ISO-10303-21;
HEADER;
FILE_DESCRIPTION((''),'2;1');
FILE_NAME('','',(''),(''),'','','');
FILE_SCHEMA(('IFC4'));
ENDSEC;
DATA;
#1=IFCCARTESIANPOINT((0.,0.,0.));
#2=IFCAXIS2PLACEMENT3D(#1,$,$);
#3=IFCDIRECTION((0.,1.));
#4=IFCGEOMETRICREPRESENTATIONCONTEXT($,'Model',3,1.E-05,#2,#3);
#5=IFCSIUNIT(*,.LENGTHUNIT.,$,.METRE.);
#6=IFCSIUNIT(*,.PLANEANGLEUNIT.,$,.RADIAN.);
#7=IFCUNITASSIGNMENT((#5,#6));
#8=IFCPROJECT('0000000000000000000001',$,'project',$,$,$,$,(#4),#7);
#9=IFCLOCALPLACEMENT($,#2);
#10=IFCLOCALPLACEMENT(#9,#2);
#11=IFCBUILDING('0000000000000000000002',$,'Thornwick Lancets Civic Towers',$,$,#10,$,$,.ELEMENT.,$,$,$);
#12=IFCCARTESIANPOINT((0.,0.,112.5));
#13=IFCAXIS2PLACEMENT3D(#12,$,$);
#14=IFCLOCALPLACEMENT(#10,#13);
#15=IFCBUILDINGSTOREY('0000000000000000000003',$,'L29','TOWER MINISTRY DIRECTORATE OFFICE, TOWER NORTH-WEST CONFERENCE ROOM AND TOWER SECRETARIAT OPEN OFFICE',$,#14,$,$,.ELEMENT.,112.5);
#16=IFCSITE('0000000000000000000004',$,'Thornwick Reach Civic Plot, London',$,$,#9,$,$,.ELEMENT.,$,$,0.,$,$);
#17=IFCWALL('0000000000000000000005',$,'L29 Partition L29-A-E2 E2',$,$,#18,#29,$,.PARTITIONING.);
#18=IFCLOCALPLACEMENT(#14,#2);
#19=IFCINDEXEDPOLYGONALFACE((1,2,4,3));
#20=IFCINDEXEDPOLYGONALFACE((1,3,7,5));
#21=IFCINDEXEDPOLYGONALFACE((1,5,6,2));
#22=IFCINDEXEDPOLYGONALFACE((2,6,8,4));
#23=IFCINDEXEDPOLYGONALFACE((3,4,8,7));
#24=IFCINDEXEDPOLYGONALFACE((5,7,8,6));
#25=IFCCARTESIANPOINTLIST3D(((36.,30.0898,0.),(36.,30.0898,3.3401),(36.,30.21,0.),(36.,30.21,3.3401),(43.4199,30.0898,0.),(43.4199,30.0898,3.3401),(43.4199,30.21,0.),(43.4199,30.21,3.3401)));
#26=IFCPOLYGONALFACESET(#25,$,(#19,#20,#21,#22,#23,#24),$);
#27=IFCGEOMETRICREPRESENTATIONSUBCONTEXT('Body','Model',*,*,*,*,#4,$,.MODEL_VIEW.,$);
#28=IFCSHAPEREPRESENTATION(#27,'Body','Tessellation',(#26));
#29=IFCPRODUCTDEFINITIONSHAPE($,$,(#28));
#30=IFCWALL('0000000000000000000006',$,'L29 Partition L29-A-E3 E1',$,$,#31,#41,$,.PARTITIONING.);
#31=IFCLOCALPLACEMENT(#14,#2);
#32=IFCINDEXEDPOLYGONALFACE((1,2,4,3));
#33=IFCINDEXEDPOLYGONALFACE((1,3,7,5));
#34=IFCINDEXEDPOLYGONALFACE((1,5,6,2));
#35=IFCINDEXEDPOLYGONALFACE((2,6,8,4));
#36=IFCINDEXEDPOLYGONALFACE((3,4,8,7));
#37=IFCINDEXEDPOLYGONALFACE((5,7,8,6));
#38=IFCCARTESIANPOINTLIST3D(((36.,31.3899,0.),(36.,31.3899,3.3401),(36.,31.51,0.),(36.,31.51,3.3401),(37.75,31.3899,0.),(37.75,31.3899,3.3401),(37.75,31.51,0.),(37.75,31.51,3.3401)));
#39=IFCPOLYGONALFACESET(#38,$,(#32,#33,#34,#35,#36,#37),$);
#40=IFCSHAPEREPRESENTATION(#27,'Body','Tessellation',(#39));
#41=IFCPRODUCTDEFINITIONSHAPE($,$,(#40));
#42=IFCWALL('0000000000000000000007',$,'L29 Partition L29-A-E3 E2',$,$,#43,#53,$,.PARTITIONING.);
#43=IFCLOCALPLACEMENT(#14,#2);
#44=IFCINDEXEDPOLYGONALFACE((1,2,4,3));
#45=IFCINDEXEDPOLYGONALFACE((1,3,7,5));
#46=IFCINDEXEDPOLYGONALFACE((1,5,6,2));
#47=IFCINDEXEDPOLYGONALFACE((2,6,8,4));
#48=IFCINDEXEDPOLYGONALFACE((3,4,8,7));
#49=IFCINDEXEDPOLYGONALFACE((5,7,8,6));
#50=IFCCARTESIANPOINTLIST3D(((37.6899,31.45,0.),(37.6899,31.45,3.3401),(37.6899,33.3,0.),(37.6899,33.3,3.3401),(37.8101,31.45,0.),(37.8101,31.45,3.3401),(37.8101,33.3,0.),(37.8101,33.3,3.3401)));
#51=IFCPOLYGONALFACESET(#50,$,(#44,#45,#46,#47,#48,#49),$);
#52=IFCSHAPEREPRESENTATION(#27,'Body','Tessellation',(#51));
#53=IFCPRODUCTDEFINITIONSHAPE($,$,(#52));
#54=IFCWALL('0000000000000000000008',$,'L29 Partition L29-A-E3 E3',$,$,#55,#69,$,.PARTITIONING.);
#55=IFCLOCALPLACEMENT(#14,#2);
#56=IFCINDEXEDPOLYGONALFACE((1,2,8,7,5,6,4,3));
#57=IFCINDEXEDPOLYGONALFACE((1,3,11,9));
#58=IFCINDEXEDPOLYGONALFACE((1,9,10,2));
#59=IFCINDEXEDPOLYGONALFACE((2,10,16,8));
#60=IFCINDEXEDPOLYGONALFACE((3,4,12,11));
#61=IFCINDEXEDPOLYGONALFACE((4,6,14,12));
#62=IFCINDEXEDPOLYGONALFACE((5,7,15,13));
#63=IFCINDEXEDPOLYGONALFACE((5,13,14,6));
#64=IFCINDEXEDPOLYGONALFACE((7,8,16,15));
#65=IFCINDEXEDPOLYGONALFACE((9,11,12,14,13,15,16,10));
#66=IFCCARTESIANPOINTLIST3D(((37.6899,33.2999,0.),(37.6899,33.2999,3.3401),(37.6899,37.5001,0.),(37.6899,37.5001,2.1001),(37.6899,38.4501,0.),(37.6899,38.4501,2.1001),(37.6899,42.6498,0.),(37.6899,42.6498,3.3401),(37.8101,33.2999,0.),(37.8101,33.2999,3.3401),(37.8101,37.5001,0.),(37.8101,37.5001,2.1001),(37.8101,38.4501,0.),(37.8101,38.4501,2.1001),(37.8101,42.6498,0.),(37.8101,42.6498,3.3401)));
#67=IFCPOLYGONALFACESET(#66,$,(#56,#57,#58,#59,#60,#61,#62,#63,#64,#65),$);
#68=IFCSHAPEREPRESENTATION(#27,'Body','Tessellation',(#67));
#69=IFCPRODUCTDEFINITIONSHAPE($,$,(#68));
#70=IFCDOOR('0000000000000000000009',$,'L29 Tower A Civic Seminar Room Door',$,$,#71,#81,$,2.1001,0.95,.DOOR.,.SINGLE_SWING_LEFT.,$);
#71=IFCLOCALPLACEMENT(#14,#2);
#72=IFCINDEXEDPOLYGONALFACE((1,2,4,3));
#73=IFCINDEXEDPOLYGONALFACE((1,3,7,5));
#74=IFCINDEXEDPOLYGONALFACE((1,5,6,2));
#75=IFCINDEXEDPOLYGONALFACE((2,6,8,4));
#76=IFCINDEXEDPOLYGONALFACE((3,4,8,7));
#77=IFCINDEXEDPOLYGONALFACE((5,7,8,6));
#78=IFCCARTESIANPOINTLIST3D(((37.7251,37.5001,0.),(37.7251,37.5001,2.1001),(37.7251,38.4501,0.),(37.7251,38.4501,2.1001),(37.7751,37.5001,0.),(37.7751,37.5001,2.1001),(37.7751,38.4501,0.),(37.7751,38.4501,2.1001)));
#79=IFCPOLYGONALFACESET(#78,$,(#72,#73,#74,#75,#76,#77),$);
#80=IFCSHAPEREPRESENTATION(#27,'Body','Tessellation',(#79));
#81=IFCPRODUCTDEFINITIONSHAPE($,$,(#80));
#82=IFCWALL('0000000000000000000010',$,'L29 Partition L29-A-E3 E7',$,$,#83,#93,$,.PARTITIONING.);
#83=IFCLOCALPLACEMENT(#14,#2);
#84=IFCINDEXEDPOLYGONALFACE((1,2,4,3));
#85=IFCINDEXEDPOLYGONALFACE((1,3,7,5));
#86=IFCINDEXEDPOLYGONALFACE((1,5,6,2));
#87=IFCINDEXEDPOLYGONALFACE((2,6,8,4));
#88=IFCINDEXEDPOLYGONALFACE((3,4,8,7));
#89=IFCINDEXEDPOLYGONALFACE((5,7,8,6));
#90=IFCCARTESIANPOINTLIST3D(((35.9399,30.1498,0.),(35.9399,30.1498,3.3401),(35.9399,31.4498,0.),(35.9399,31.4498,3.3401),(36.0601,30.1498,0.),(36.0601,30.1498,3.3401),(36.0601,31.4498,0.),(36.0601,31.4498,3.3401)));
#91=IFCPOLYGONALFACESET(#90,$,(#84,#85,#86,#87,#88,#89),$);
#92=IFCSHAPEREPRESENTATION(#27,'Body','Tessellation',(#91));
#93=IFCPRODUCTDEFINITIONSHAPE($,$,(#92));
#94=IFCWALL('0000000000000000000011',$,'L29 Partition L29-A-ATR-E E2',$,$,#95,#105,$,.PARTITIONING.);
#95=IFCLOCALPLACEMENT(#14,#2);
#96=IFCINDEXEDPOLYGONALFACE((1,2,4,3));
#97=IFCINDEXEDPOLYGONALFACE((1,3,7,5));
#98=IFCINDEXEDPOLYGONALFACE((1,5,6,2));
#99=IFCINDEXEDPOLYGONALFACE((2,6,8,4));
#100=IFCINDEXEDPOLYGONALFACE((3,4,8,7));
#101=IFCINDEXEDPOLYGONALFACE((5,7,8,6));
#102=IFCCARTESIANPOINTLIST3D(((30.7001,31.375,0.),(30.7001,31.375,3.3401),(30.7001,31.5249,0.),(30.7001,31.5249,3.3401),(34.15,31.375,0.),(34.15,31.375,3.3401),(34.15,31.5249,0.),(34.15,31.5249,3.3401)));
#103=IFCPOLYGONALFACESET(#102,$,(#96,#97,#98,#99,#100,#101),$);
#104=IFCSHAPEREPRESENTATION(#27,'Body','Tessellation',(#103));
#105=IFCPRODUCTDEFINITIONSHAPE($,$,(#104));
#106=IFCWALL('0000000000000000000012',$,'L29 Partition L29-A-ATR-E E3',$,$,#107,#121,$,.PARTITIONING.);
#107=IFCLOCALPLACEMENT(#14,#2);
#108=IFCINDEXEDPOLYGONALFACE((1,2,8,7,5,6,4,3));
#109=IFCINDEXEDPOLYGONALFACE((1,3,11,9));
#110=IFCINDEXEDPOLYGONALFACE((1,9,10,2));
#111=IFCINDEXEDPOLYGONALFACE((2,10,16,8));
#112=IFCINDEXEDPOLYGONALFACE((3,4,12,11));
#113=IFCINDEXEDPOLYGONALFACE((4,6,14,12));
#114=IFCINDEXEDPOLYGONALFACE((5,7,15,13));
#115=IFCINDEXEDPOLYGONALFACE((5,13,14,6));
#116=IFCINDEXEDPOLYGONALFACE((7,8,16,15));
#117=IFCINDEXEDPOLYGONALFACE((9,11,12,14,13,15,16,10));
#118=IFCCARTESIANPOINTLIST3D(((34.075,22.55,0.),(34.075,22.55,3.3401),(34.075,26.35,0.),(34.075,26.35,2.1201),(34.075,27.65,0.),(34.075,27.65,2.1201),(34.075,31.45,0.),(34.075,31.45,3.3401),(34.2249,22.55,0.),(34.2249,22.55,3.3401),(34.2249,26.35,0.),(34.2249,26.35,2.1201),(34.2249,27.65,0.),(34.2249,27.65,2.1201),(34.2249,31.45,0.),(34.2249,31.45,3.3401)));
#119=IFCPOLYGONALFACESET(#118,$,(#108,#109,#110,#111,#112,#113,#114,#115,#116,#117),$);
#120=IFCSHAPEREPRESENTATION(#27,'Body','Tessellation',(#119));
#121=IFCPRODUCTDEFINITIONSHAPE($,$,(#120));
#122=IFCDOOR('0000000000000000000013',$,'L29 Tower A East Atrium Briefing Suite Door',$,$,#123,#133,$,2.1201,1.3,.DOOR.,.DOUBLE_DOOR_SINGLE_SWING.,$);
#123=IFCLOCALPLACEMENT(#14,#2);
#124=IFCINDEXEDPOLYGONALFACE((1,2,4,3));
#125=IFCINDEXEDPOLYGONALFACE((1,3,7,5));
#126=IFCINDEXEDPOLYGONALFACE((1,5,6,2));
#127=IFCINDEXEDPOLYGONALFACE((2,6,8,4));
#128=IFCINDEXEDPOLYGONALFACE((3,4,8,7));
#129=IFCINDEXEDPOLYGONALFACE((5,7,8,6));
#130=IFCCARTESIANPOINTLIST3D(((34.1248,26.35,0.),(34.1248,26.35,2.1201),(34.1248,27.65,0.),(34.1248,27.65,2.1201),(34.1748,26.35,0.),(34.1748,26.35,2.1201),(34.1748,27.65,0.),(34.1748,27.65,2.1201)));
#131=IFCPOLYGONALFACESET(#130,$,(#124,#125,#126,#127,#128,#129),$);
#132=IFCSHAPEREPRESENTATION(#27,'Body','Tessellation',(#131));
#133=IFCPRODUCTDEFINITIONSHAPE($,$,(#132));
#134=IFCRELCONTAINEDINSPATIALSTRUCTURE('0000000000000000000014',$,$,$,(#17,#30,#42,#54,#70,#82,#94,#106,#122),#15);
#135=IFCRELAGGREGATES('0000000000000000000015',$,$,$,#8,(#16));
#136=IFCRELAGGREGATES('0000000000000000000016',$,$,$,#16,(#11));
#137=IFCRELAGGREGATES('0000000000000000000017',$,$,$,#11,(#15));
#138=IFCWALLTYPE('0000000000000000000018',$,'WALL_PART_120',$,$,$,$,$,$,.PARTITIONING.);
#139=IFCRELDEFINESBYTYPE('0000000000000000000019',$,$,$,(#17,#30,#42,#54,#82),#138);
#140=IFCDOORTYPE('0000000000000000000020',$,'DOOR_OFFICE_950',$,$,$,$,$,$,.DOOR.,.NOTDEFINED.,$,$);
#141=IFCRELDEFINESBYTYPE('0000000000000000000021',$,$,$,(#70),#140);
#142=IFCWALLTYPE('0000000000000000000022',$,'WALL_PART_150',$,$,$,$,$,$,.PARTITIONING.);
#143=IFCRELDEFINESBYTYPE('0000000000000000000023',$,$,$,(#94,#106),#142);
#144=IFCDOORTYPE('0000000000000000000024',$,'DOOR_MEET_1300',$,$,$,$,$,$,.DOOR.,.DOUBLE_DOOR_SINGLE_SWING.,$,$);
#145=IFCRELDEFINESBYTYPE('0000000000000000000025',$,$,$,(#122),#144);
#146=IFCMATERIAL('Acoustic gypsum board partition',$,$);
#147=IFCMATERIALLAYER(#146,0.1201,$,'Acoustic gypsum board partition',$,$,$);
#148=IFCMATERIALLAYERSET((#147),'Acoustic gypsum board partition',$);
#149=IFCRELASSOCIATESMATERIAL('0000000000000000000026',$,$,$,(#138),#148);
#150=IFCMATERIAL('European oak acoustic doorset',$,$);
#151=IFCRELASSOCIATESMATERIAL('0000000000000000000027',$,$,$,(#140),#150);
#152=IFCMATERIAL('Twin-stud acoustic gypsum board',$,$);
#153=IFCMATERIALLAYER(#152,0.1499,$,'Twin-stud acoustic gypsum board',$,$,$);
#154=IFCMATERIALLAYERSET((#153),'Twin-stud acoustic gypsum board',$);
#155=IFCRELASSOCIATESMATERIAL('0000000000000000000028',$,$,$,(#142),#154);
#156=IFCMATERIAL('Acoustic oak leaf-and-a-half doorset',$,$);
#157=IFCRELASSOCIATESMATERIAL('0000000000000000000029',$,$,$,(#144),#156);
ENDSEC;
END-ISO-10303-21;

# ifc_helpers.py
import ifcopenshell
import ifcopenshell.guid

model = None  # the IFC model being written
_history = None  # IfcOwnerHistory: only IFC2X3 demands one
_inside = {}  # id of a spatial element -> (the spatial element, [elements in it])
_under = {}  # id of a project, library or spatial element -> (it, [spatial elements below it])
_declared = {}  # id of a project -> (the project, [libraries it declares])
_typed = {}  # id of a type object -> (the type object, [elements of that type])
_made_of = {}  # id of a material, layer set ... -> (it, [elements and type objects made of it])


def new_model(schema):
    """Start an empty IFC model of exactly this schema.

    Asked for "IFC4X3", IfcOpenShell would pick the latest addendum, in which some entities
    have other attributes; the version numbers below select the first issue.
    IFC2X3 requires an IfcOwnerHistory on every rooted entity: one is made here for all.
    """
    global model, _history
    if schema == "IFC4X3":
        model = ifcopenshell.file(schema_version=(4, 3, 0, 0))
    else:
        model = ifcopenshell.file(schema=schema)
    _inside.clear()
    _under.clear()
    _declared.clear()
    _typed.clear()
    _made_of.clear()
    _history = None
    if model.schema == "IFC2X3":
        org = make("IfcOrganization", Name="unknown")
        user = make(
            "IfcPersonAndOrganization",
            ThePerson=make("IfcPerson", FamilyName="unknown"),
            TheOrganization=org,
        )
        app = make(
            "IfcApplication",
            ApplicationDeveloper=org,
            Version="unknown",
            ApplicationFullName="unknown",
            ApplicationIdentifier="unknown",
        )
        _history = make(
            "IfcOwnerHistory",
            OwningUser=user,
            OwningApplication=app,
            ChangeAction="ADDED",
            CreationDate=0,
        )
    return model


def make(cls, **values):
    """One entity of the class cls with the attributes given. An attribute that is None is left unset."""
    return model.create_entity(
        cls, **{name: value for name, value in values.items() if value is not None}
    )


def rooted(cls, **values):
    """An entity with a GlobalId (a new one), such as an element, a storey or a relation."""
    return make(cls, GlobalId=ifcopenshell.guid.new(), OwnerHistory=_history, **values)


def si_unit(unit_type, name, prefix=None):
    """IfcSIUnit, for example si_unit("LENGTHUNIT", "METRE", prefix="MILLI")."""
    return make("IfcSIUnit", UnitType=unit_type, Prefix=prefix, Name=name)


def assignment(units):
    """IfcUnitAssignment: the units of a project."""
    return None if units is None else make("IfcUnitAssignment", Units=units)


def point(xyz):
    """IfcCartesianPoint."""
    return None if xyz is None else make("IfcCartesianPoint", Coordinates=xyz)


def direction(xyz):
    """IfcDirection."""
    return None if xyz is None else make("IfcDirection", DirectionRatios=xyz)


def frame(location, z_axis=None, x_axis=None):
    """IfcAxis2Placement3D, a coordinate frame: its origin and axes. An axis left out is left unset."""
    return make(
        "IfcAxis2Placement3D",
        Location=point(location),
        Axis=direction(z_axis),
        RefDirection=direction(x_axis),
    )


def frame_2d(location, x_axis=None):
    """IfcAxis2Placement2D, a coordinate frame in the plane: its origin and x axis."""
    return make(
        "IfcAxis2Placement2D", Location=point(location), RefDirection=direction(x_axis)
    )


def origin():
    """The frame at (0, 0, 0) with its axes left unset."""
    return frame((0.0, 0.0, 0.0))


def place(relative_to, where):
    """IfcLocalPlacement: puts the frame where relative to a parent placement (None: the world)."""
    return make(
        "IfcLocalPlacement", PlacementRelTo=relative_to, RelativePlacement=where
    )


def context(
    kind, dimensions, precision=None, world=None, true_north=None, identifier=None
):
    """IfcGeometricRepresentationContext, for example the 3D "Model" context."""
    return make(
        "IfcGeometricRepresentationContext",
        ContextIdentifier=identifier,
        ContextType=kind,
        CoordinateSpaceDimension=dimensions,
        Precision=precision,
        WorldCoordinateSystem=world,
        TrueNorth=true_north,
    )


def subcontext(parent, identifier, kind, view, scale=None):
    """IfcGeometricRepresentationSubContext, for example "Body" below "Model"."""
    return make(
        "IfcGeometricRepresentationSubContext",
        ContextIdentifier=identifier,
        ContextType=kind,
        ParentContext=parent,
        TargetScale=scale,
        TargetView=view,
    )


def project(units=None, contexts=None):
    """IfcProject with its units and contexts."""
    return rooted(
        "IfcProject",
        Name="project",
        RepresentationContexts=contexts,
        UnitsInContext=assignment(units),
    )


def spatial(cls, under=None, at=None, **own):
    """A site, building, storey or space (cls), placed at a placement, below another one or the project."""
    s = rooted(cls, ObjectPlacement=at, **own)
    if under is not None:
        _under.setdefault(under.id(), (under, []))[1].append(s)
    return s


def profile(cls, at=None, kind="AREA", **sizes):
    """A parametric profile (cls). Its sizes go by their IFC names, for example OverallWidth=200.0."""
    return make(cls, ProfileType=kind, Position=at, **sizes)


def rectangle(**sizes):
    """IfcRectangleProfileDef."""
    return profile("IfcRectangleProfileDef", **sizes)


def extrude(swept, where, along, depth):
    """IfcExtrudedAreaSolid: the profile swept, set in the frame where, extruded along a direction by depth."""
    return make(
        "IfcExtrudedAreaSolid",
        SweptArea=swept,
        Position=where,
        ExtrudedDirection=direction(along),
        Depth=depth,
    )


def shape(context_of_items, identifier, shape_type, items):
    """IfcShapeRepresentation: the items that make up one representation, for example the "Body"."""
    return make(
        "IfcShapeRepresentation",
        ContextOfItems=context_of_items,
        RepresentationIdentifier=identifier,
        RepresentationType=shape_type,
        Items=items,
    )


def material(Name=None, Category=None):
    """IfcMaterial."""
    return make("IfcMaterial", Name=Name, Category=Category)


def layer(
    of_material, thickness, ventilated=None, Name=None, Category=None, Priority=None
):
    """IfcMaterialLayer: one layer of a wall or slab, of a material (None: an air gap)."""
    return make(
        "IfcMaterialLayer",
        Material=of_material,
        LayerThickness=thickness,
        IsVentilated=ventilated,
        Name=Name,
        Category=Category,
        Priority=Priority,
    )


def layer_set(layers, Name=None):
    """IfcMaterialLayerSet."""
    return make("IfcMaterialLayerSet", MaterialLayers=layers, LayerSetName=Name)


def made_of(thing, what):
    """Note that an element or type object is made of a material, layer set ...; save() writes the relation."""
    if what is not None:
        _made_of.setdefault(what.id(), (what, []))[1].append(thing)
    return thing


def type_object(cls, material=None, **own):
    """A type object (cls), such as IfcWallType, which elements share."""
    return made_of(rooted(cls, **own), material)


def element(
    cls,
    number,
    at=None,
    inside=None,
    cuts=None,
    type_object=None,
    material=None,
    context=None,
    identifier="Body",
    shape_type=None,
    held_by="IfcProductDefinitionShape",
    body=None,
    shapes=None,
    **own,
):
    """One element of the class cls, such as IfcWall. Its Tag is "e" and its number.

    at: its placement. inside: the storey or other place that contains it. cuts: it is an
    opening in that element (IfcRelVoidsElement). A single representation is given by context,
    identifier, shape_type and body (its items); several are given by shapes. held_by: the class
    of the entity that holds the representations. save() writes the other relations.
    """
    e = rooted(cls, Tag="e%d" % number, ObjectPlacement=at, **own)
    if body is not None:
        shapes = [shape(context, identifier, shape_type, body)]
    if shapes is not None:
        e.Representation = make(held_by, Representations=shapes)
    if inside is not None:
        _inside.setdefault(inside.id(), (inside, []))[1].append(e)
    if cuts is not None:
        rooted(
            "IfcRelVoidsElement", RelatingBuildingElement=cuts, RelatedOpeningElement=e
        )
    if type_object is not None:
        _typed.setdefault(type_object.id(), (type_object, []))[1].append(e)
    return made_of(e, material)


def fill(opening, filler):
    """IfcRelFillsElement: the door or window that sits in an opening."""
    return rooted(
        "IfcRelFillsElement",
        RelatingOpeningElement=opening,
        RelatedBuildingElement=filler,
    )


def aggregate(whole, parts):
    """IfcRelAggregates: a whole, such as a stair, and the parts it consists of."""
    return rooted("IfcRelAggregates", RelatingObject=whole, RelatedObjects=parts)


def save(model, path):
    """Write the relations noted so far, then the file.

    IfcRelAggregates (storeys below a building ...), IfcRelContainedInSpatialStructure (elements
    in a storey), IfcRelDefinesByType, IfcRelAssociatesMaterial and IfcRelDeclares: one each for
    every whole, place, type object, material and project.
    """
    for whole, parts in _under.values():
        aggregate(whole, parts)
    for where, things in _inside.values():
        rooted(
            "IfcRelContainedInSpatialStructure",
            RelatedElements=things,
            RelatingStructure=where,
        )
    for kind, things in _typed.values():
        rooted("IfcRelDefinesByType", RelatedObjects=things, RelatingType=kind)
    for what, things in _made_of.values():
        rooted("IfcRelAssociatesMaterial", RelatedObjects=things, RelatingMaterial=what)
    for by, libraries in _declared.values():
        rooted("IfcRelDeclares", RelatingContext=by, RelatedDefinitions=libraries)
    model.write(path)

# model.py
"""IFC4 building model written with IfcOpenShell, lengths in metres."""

from ifc_helpers import new_model, si_unit, direction, frame, frame_2d, origin, place, context, subcontext, project, spatial, rectangle, extrude, material, layer, layer_set, type_object, element, fill, save


model = new_model("IFC4")

# Units and contexts
model_context = context("Model", 3, precision=1e-05, world=origin(), true_north=direction((0.0, 1.0)))
body_context = subcontext(model_context, "Body", "Model", "MODEL_VIEW")
ifc_project = project(units=[si_unit("LENGTHUNIT", "METRE"), si_unit("PLANEANGLEUNIT", "RADIAN")], contexts=[model_context])

# Site, building, storey
site_placement = place(None, origin())
site = spatial("IfcSite", under=ifc_project, at=site_placement, Name="Thornwick Reach Civic Plot, London", CompositionType="ELEMENT", RefElevation=0.0)
building_placement = place(site_placement, origin())
building = spatial("IfcBuilding", under=site, at=building_placement, Name="Thornwick Lancets Civic Towers", CompositionType="ELEMENT")
storey_placement = place(building_placement, frame((0.0, 0.0, 112.5)))
storey = spatial("IfcBuildingStorey", under=building, at=storey_placement, Name="L29", Description="TOWER MINISTRY DIRECTORATE OFFICE, TOWER NORTH-WEST CONFERENCE ROOM AND TOWER SECRETARIAT OPEN OFFICE", CompositionType="ELEMENT", Elevation=112.5)

# Shared definitions
ifc_material_1 = material(Name="Acoustic gypsum board partition")
ifc_layer_1 = layer(ifc_material_1, 0.1201, Name="Acoustic gypsum board partition")
ifc_layer_set_1 = layer_set([ifc_layer_1], Name="Acoustic gypsum board partition")
wall_type_1 = type_object("IfcWallType", Name="WALL_PART_120", PredefinedType="PARTITIONING", material=ifc_layer_set_1)
ifc_material_2 = material(Name="European oak acoustic doorset")
door_type_1 = type_object("IfcDoorType", Name="DOOR_OFFICE_950", OperationType="NOTDEFINED", PredefinedType="DOOR", material=ifc_material_2)

# Walls
wall_1_placement = place(storey_placement, frame((36.0, 30.1499, 0.0), z_axis=(0.0, 0.0, 1.0), x_axis=(1.0, 0.0, 0.0)))
element("IfcWall", 1, at=wall_1_placement, inside=storey, type_object=wall_type_1, Name="L29 Partition L29-A-E2 E2", PredefinedType="PARTITIONING", context=body_context, shape_type="SweptSolid", body=[
    extrude(rectangle(XDim=7.4199, YDim=0.1201, at=frame_2d((3.71, 0.0))), origin(), (0.0, 0.0, 1.0), 3.3401),
])
wall_2_placement = place(storey_placement, frame((36.0, 31.45, 0.0), z_axis=(0.0, 0.0, 1.0), x_axis=(1.0, 0.0, 0.0)))
element("IfcWall", 2, at=wall_2_placement, inside=storey, type_object=wall_type_1, Name="L29 Partition L29-A-E3 E1", PredefinedType="PARTITIONING", context=body_context, shape_type="SweptSolid", body=[
    extrude(rectangle(XDim=1.75, YDim=0.1201, at=frame_2d((0.875, 0.0))), origin(), (0.0, 0.0, 1.0), 3.3401),
])
wall_3_placement = place(storey_placement, frame((37.75, 31.45, 0.0), z_axis=(0.0, 0.0, 1.0), x_axis=(0.0, 1.0, 0.0)))
element("IfcWall", 3, at=wall_3_placement, inside=storey, type_object=wall_type_1, Name="L29 Partition L29-A-E3 E2", PredefinedType="PARTITIONING", context=body_context, shape_type="SweptSolid", body=[
    extrude(rectangle(XDim=1.8501, YDim=0.1201, at=frame_2d((0.925, 0.0))), origin(), (0.0, 0.0, 1.0), 3.3401),
])

# Wall, opening, door
wall_4_placement = place(storey_placement, frame((37.75, 33.3, 0.0), z_axis=(0.0, 0.0, 1.0), x_axis=(0.0, 1.0, 0.0)))
wall_4 = element("IfcWall", 4, at=wall_4_placement, inside=storey, type_object=wall_type_1, Name="L29 Partition L29-A-E3 E3", PredefinedType="PARTITIONING", context=body_context, shape_type="SweptSolid", body=[
    extrude(rectangle(XDim=9.3499, YDim=0.1201, at=frame_2d((4.6748, 0.0))), origin(), (0.0, 0.0, 1.0), 3.3401),
])
opening_1_placement = place(wall_4_placement, frame((4.2, 0.0, 0.0)))
opening_1 = element("IfcOpeningElement", 5, at=opening_1_placement, cuts=wall_4, PredefinedType="OPENING", context=body_context, shape_type="SweptSolid", body=[
    extrude(rectangle(XDim=0.95, YDim=2.1001, at=frame_2d((0.4751, 1.05))), frame((0.0, 0.0701, 0.0), z_axis=(0.0, -1.0, 0.0), x_axis=(1.0, 0.0, 0.0)), (0.0, 0.0, 1.0), 0.1401),
])
door_1_placement = place(opening_1_placement, origin())
door_1 = element("IfcDoor", 6, at=door_1_placement, inside=storey, type_object=door_type_1, Name="L29 Tower A Civic Seminar Room Door", OperationType="SINGLE_SWING_LEFT", OverallHeight=2.1001, OverallWidth=0.95, PredefinedType="DOOR", context=body_context, shape_type="SweptSolid", body=[
    extrude(rectangle(XDim=0.95, YDim=2.1001, at=frame_2d((0.4751, 1.05))), frame((0.0, 0.0249, 0.0), z_axis=(0.0, -1.0, 0.0), x_axis=(1.0, 0.0, 0.0)), (0.0, 0.0, 1.0), 0.05),
])
fill(opening_1, door_1)

# Walls
wall_5_placement = place(storey_placement, frame((36.0, 30.1499, 0.0), z_axis=(0.0, 0.0, 1.0), x_axis=(0.0, 1.0, 0.0)))
element("IfcWall", 7, at=wall_5_placement, inside=storey, type_object=wall_type_1, Name="L29 Partition L29-A-E3 E7", PredefinedType="PARTITIONING", context=body_context, shape_type="SweptSolid", body=[
    extrude(rectangle(XDim=1.3, YDim=0.1201, at=frame_2d((0.6499, 0.0))), origin(), (0.0, 0.0, 1.0), 3.3401),
])
ifc_material_3 = material(Name="Twin-stud acoustic gypsum board")
ifc_layer_2 = layer(ifc_material_3, 0.1499, Name="Twin-stud acoustic gypsum board")
ifc_layer_set_2 = layer_set([ifc_layer_2], Name="Twin-stud acoustic gypsum board")
wall_type_2 = type_object("IfcWallType", Name="WALL_PART_150", PredefinedType="PARTITIONING", material=ifc_layer_set_2)
wall_6_placement = place(storey_placement, frame((30.7, 31.45, 0.0), z_axis=(0.0, 0.0, 1.0), x_axis=(1.0, 0.0, 0.0)))
element("IfcWall", 8, at=wall_6_placement, inside=storey, type_object=wall_type_2, Name="L29 Partition L29-A-ATR-E E2", PredefinedType="PARTITIONING", context=body_context, shape_type="SweptSolid", body=[
    extrude(rectangle(XDim=3.45, YDim=0.1499, at=frame_2d((1.7251, 0.0))), origin(), (0.0, 0.0, 1.0), 3.3401),
])

# Wall, opening, door
wall_7_placement = place(storey_placement, frame((34.1499, 31.45, 0.0), z_axis=(0.0, 0.0, 1.0), x_axis=(0.0, -1.0, 0.0)))
wall_7 = element("IfcWall", 9, at=wall_7_placement, inside=storey, type_object=wall_type_2, Name="L29 Partition L29-A-ATR-E E3", PredefinedType="PARTITIONING", context=body_context, shape_type="SweptSolid", body=[
    extrude(rectangle(XDim=8.8999, YDim=0.1499, at=frame_2d((4.45, 0.0))), origin(), (0.0, 0.0, 1.0), 3.3401),
])
opening_2_placement = place(wall_7_placement, frame((3.8, 0.0, 0.0)))
opening_2 = element("IfcOpeningElement", 10, at=opening_2_placement, cuts=wall_7, PredefinedType="OPENING", context=body_context, shape_type="SweptSolid", body=[
    extrude(rectangle(XDim=1.3, YDim=2.1201, at=frame_2d((0.6499, 1.0601))), frame((0.0, 0.085, 0.0), z_axis=(0.0, -1.0, 0.0), x_axis=(1.0, 0.0, 0.0)), (0.0, 0.0, 1.0), 0.1699),
])
ifc_material_4 = material(Name="Acoustic oak leaf-and-a-half doorset")
door_type_2 = type_object("IfcDoorType", Name="DOOR_MEET_1300", OperationType="DOUBLE_DOOR_SINGLE_SWING", PredefinedType="DOOR", material=ifc_material_4)
door_2_placement = place(opening_2_placement, origin())
door_2 = element("IfcDoor", 11, at=door_2_placement, inside=storey, type_object=door_type_2, Name="L29 Tower A East Atrium Briefing Suite Door", OperationType="DOUBLE_DOOR_SINGLE_SWING", OverallHeight=2.1201, OverallWidth=1.3, PredefinedType="DOOR", context=body_context, shape_type="SweptSolid", body=[
    extrude(rectangle(XDim=1.3, YDim=2.1201, at=frame_2d((0.6499, 1.0601))), frame((0.0, 0.0249, 0.0), z_axis=(0.0, -1.0, 0.0), x_axis=(1.0, 0.0, 0.0)), (0.0, 0.0, 1.0), 0.05),
])
fill(opening_2, door_2)

save(model, "model.ifc")
